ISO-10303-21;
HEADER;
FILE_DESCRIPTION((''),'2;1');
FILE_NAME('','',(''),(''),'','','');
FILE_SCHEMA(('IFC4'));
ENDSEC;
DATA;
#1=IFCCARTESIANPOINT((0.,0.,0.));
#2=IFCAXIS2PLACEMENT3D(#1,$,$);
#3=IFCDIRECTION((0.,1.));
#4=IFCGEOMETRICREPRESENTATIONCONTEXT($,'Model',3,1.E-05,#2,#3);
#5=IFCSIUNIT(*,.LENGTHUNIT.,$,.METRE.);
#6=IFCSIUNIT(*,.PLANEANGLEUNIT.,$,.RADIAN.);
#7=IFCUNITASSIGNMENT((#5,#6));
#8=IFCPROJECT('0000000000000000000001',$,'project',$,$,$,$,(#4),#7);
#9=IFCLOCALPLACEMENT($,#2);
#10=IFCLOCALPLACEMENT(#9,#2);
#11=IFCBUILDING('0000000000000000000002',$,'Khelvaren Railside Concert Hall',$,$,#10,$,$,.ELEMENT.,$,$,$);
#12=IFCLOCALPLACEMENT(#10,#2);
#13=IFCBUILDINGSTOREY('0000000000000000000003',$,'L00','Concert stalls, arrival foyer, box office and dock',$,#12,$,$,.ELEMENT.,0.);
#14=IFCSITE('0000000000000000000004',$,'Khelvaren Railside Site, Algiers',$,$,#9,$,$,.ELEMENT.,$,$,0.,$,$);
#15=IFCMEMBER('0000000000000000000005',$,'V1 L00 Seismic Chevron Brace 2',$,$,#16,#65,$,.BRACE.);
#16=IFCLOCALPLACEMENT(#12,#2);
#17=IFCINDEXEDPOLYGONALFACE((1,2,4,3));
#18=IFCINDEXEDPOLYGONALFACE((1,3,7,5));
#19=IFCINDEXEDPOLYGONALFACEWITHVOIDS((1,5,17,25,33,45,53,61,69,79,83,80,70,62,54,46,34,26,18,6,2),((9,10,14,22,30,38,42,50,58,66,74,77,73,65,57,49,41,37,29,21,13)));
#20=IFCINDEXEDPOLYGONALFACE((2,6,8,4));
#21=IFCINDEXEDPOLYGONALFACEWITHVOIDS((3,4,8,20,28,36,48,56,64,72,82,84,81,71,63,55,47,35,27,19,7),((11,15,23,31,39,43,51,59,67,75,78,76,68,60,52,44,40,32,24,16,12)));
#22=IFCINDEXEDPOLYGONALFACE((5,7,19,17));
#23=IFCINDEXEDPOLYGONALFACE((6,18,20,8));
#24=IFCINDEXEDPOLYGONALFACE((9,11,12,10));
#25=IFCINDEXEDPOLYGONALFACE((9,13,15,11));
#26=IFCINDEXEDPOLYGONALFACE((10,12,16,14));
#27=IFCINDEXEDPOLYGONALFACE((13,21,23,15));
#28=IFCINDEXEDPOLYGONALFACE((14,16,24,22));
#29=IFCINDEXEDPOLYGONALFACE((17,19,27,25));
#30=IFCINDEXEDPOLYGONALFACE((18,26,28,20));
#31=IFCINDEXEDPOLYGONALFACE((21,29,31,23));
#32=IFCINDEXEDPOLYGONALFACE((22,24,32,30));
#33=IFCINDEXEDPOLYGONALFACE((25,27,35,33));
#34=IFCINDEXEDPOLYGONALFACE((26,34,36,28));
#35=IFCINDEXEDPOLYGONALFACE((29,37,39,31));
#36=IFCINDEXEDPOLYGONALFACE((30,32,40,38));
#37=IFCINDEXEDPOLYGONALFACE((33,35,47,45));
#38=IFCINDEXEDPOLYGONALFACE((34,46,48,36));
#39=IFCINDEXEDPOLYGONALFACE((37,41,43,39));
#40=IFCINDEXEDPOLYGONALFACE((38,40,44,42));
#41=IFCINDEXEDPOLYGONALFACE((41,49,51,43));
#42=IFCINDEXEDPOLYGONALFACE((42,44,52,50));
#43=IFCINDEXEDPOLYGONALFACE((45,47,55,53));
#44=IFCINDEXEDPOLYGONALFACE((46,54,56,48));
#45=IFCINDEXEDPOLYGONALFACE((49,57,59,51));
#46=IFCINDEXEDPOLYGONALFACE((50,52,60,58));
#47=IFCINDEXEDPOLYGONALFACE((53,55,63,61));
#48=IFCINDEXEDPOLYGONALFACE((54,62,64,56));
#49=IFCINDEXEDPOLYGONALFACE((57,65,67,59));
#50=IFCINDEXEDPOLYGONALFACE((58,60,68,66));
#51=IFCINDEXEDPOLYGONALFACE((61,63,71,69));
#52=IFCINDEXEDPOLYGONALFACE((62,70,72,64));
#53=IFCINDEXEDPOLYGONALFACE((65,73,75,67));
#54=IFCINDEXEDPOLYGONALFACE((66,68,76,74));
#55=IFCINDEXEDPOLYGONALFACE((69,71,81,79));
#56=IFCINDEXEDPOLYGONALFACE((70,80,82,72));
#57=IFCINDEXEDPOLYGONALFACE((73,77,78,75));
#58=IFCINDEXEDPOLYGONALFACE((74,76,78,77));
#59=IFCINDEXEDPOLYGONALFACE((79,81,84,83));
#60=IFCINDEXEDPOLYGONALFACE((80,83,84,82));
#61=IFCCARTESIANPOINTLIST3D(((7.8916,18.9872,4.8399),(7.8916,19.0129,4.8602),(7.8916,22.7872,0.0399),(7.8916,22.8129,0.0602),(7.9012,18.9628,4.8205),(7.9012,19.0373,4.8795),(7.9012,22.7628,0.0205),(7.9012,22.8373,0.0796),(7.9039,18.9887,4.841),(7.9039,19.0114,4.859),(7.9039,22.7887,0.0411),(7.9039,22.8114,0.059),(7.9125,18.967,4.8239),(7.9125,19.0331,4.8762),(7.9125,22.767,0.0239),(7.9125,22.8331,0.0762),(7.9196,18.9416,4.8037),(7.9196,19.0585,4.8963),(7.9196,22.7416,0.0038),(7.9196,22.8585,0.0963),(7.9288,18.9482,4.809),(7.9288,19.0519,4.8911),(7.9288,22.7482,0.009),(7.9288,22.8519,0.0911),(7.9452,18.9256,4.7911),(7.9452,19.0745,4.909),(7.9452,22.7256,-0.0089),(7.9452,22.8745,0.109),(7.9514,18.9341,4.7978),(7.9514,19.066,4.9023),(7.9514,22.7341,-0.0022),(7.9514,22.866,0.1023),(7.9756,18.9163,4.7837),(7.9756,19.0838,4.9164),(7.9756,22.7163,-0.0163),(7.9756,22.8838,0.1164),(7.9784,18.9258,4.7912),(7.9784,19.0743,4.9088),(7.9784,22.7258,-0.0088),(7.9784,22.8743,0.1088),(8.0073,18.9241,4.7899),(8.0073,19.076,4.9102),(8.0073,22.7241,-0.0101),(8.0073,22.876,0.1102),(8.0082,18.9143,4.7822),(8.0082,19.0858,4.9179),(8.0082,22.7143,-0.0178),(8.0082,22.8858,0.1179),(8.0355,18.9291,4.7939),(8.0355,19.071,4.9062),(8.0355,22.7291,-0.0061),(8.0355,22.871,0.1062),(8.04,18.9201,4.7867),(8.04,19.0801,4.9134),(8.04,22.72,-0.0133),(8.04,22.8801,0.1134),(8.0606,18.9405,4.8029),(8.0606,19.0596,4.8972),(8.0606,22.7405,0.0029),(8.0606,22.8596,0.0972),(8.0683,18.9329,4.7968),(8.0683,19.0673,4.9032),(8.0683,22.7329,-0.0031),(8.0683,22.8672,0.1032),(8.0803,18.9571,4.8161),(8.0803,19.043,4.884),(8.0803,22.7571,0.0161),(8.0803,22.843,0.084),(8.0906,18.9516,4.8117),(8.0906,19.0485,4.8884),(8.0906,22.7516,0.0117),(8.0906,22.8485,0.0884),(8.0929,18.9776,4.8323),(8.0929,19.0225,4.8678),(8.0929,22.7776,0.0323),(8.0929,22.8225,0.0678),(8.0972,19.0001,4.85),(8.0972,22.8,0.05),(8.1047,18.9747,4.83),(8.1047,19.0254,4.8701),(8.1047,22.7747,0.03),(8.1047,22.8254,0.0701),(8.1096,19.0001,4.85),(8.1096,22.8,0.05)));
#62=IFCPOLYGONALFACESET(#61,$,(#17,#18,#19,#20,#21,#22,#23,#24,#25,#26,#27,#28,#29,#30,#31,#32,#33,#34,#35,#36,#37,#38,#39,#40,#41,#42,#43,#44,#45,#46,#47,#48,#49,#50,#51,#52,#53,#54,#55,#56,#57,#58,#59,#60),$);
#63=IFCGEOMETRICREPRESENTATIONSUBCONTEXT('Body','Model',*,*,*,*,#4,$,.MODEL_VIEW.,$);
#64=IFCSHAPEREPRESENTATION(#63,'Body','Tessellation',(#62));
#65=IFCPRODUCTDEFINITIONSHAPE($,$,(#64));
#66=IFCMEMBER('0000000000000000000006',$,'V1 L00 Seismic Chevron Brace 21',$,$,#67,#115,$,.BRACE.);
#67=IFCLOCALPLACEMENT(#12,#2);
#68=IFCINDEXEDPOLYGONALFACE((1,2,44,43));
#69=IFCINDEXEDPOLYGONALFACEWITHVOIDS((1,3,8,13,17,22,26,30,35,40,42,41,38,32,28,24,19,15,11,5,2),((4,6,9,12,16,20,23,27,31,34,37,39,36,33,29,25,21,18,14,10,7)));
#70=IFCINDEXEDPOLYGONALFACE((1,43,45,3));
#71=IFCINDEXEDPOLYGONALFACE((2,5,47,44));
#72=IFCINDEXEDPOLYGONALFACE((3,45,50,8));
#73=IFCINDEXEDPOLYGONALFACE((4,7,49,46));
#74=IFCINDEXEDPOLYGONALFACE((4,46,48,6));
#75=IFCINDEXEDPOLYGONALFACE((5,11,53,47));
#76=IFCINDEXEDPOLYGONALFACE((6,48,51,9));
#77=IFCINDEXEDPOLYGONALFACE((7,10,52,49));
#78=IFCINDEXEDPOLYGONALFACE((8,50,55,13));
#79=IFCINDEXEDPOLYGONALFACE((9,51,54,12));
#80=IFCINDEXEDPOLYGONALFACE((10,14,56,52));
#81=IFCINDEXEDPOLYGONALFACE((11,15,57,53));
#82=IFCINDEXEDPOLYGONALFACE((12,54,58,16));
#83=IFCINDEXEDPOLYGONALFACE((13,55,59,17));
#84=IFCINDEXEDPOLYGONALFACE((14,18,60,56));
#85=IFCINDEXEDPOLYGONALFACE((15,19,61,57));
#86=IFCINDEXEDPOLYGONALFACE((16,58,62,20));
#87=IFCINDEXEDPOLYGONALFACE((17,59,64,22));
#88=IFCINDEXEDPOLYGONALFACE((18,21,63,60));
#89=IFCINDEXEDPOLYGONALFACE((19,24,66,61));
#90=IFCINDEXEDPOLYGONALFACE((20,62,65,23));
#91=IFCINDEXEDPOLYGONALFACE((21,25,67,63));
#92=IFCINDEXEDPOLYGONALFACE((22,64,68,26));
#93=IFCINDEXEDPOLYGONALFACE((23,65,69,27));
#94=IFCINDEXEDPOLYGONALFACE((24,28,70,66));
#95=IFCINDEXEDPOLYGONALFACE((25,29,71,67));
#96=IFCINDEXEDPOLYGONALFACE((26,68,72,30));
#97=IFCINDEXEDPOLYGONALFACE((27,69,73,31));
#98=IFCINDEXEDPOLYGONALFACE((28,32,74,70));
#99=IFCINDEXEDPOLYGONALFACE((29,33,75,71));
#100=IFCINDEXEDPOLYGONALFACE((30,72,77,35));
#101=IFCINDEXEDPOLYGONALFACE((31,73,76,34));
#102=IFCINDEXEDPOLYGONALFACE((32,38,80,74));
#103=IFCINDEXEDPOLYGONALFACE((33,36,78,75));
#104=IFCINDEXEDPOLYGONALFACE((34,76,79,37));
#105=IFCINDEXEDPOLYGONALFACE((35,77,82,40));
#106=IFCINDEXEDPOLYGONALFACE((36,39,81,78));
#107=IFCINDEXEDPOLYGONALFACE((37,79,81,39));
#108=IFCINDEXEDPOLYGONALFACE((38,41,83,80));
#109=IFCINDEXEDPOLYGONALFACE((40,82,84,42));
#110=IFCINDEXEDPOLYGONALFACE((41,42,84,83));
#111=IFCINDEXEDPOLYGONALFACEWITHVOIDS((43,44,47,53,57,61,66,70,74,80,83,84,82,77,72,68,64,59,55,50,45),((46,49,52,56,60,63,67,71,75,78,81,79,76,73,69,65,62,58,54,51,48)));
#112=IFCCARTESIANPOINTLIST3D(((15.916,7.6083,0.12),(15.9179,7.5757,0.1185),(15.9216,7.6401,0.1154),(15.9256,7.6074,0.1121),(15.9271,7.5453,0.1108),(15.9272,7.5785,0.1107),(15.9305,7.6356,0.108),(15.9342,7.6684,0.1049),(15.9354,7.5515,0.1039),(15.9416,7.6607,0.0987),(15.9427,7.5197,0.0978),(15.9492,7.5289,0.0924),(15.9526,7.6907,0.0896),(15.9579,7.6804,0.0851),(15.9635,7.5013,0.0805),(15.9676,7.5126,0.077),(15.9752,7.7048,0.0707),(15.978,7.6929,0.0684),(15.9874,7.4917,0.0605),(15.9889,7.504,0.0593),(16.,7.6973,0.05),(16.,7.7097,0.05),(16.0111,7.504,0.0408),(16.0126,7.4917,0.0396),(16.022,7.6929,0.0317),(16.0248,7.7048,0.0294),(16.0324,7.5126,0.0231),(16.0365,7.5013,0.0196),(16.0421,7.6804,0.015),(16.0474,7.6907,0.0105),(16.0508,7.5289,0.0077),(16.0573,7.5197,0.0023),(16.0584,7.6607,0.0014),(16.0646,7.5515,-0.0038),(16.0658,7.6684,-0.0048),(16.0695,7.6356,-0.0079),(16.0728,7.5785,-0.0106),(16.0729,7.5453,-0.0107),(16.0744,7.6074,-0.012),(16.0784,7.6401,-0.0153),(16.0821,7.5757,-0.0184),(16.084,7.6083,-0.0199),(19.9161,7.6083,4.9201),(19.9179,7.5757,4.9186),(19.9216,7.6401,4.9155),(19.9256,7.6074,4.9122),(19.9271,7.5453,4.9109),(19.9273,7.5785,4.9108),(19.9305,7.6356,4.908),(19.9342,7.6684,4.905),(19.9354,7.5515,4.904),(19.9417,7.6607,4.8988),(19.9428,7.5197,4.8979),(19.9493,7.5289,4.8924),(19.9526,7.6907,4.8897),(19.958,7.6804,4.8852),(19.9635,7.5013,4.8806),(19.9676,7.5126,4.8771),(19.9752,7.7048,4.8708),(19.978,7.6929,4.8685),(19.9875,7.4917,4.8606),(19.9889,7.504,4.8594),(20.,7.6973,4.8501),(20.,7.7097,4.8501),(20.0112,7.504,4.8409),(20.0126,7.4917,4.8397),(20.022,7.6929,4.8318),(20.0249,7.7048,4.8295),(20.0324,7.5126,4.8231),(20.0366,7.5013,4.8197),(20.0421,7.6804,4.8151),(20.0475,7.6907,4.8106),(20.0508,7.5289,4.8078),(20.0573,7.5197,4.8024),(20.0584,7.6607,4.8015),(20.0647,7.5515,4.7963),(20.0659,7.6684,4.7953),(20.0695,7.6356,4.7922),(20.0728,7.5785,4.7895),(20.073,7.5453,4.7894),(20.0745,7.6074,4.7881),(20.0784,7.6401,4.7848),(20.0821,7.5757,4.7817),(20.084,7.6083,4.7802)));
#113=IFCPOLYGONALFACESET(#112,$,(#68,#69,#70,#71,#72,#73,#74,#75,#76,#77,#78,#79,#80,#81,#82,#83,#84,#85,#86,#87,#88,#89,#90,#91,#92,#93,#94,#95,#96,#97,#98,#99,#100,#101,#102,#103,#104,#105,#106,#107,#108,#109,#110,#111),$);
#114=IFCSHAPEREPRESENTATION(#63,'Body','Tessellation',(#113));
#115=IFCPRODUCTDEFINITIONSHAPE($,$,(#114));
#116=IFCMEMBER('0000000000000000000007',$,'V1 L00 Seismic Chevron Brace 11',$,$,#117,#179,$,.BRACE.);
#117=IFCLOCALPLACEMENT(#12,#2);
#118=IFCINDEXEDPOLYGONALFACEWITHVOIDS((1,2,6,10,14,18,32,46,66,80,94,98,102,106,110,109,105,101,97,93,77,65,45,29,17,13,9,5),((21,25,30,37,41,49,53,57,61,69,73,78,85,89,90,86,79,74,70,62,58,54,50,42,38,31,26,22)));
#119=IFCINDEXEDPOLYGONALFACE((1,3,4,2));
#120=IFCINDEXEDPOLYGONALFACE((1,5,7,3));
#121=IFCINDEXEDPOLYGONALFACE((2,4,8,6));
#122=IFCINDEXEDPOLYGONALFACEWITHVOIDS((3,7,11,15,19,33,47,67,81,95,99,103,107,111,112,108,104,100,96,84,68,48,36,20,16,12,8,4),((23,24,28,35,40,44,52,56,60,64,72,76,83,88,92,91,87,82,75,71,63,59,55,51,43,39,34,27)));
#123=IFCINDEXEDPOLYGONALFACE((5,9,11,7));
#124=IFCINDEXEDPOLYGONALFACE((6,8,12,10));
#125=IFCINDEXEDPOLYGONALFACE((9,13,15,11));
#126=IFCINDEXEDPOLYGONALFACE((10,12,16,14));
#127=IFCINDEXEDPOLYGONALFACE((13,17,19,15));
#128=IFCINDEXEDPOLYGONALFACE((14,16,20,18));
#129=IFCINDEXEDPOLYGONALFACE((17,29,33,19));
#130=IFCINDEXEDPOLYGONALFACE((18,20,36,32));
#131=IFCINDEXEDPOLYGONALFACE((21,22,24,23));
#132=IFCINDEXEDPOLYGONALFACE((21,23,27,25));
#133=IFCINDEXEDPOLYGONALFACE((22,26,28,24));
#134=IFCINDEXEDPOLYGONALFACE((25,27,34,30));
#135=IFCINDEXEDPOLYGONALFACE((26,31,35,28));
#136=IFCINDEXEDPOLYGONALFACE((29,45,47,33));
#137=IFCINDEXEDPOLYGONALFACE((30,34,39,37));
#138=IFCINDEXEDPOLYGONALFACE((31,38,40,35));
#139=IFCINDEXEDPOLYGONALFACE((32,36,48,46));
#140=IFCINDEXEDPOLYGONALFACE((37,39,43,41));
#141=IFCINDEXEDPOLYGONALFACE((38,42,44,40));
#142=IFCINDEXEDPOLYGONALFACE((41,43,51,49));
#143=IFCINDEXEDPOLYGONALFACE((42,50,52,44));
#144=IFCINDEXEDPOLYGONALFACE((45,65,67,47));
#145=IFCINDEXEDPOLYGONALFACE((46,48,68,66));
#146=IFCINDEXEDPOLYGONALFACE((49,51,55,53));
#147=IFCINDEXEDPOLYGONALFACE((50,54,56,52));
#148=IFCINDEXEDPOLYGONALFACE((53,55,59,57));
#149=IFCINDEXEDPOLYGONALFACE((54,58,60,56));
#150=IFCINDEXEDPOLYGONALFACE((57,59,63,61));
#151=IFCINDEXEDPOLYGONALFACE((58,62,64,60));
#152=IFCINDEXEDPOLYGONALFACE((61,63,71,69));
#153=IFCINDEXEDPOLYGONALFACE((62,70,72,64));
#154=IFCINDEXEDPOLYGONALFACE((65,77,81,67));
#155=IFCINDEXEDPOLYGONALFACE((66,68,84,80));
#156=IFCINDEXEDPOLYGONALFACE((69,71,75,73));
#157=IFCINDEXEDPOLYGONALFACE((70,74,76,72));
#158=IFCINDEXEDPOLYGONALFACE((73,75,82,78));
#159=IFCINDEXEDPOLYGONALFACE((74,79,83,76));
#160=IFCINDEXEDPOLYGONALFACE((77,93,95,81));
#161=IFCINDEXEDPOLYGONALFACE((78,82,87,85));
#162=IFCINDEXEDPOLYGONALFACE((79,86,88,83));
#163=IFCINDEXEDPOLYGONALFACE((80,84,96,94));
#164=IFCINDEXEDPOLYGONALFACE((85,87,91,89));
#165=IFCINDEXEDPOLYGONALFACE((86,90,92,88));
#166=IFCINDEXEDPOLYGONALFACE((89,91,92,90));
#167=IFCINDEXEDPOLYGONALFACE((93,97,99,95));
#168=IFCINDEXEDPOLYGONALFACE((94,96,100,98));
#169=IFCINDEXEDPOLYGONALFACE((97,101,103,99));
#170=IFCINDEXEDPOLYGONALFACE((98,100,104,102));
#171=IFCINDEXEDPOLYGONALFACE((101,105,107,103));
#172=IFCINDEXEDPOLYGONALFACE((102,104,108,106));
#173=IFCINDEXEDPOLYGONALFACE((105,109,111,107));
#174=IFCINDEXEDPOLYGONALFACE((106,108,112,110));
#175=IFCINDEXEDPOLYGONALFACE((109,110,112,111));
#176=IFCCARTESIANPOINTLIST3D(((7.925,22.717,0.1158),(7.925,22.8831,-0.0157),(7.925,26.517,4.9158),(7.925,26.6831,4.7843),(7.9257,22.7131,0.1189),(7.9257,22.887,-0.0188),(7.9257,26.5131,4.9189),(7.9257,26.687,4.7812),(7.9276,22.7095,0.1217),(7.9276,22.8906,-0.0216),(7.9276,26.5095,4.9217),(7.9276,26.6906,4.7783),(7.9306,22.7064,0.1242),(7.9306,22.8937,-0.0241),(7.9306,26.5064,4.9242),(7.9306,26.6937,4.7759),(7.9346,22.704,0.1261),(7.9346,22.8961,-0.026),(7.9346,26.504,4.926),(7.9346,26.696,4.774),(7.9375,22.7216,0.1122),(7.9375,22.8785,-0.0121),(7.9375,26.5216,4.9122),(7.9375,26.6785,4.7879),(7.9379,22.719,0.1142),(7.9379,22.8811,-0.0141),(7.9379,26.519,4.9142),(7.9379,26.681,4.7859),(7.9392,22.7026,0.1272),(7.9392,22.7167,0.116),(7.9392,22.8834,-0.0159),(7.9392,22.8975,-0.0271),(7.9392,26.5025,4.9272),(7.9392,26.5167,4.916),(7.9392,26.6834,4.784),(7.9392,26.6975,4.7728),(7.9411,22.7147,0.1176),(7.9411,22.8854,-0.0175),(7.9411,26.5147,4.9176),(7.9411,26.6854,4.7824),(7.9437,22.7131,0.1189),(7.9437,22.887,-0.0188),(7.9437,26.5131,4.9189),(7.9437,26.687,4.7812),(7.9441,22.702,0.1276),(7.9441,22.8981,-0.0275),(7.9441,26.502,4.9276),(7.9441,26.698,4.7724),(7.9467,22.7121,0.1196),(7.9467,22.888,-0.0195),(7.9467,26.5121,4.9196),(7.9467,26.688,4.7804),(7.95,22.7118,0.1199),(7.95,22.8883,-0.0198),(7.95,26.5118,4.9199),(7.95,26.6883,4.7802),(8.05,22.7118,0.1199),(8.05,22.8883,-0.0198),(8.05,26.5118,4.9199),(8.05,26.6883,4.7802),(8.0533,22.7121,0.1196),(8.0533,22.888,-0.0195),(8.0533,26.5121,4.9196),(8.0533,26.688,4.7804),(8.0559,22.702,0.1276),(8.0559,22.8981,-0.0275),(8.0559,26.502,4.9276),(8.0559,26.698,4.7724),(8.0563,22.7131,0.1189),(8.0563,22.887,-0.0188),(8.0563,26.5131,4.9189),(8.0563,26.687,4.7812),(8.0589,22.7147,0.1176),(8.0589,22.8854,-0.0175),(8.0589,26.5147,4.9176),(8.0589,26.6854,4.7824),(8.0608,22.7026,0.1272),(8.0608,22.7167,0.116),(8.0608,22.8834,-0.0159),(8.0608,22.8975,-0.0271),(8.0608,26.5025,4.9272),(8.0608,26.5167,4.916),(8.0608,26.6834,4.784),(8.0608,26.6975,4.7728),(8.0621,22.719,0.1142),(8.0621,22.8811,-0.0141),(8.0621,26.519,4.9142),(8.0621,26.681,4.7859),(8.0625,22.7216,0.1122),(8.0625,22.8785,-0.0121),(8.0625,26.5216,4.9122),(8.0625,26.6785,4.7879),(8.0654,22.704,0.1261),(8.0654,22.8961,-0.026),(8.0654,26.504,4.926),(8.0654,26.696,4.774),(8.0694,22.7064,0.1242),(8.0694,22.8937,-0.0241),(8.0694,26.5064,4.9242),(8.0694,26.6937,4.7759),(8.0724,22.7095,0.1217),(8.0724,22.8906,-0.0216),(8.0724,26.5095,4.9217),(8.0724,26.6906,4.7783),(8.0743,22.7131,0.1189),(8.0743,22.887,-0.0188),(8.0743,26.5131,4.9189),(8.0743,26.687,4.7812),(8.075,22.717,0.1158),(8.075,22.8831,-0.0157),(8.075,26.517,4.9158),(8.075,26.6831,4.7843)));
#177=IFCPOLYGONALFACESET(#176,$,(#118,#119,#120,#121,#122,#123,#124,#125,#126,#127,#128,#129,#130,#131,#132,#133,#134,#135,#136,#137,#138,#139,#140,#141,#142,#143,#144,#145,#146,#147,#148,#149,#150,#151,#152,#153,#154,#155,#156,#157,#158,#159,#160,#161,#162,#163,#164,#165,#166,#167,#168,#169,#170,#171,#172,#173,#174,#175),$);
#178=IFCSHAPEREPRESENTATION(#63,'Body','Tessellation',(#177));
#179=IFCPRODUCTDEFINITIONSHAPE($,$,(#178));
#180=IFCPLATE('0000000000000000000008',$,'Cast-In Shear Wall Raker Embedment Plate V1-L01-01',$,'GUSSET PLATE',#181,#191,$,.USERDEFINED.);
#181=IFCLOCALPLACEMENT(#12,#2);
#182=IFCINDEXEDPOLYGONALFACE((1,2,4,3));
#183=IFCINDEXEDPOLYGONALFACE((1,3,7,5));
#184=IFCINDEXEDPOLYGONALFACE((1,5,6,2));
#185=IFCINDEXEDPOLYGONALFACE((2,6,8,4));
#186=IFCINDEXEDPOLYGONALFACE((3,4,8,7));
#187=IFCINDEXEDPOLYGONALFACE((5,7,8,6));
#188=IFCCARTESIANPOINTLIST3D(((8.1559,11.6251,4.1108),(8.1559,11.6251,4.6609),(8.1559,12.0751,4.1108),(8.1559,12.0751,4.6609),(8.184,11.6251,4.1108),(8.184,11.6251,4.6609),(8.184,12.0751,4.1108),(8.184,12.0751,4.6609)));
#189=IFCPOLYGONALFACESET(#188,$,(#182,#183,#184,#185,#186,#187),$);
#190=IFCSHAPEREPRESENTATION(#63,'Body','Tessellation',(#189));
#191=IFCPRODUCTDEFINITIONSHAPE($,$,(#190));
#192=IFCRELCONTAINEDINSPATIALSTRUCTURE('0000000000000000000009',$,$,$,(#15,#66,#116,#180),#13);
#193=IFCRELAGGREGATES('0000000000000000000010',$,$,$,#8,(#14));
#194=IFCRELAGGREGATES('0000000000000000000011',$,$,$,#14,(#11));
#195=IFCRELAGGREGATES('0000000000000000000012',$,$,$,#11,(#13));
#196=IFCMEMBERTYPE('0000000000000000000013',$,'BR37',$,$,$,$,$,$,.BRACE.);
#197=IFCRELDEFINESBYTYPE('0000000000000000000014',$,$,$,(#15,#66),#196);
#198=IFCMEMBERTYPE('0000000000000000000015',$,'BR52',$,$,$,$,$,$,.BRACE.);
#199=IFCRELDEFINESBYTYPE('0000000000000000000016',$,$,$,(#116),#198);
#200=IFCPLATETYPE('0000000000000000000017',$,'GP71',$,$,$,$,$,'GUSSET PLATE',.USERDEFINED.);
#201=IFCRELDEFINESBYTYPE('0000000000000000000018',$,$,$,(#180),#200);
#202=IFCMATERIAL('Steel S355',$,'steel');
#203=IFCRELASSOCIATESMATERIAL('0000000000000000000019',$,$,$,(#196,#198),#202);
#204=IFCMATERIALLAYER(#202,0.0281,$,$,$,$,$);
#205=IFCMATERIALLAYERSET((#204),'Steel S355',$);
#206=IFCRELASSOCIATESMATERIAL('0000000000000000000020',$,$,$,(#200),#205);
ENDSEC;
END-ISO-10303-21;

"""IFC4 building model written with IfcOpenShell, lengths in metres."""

from ifc_helpers import new_model, si_unit, direction, frame, origin, origin_2d, place, context, subcontext, project, spatial, rectangle, hollow_rectangle, hollow_circle, extrude, material, layer, layer_set, material_profile, profile_set, type_object, element, save


model = new_model("IFC4")

# Units and contexts
model_context = context("Model", 3, precision=1e-05, world=origin(), true_north=direction((0.0, 1.0)))
body_context = subcontext(model_context, "Body", "Model", "MODEL_VIEW")
ifc_project = project(units=[si_unit("LENGTHUNIT", "METRE"), si_unit("PLANEANGLEUNIT", "RADIAN")], contexts=[model_context])

# Site, building, storey
site_placement = place(None, origin())
site = spatial("IfcSite", under=ifc_project, at=site_placement, Name="Khelvaren Railside Site, Algiers", CompositionType="ELEMENT", RefElevation=0.0)
building_placement = place(site_placement, origin())
building = spatial("IfcBuilding", under=site, at=building_placement, Name="Khelvaren Railside Concert Hall", CompositionType="ELEMENT")
storey_placement = place(building_placement, origin())
storey = spatial("IfcBuildingStorey", under=building, at=storey_placement, Name="L00", Description="Concert stalls, arrival foyer, box office and dock", CompositionType="ELEMENT", Elevation=0.0)

# Shared definitions
ifc_material_1 = material(Name="Steel S355", Category="steel")

# Members
ifc_material_profile_1 = material_profile(ifc_material_1, hollow_circle(Radius=0.1096, WallThickness=0.0125, at=origin_2d()), Name="CHS 219.1x12.5")
ifc_profile_set_1 = profile_set([ifc_material_profile_1], Name="Steel S355")
member_type_1 = type_object("IfcMemberType", Name="BR37", PredefinedType="BRACE", material=ifc_profile_set_1)
for number, where, z_axis, x_axis, name in (
    (1, (8.0, 22.8, 0.05), (0.0, -0.620704, 0.784045), (1.0, 0.0, 0.0), "V1 L00 Seismic Chevron Brace 2"),
):
    element("IfcMember", number, at=place(storey_placement, frame(where, z_axis=z_axis, x_axis=x_axis)), inside=storey, type_object=member_type_1, Name=name, PredefinedType="BRACE", context=body_context, shape_type="SweptSolid", body=[
        extrude(hollow_circle(Radius=0.1096, WallThickness=0.0125, at=origin_2d()), origin(), (0.0, 0.0, 1.0), 6.1221),
    ])
member_1_placement = place(storey_placement, frame((16.0, 7.6001, 0.05), z_axis=(0.640181, 0.0, 0.768224), x_axis=(0.0, 1.0, 0.0)))
element("IfcMember", 2, at=member_1_placement, inside=storey, type_object=member_type_1, Name="V1 L00 Seismic Chevron Brace 21", PredefinedType="BRACE", context=body_context, shape_type="SweptSolid", body=[
    extrude(hollow_circle(Radius=0.1096, WallThickness=0.0125, at=origin_2d()), origin(), (0.0, 0.0, 1.0), 6.2483),
])
ifc_material_profile_2 = material_profile(ifc_material_1, hollow_rectangle(XDim=0.1499, YDim=0.25, WallThickness=0.0125, InnerFilletRadius=0.0125, OuterFilletRadius=0.019, at=origin_2d()), Name="RHS 250x150x12.5")
ifc_profile_set_2 = profile_set([ifc_material_profile_2], Name="Steel S355")
member_type_2 = type_object("IfcMemberType", Name="BR52", PredefinedType="BRACE", material=ifc_profile_set_2)
member_2_placement = place(storey_placement, frame((8.0, 22.8, 0.05), z_axis=(0.0, 0.620704, 0.784045), x_axis=(-1.0, 0.0, 0.0)))
element("IfcMember", 3, at=member_2_placement, inside=storey, type_object=member_type_2, Name="V1 L00 Seismic Chevron Brace 11", PredefinedType="BRACE", context=body_context, shape_type="SweptSolid", body=[
    extrude(hollow_rectangle(XDim=0.1499, YDim=0.25, WallThickness=0.0125, InnerFilletRadius=0.0125, OuterFilletRadius=0.019, at=origin_2d()), origin(), (0.0, 0.0, 1.0), 6.1221),
])

# Plate
ifc_layer_1 = layer(ifc_material_1, 0.0281)
ifc_layer_set_1 = layer_set([ifc_layer_1], Name="Steel S355")
plate_type_1 = type_object("IfcPlateType", Name="GP71", ElementType="GUSSET PLATE", PredefinedType="USERDEFINED", material=ifc_layer_set_1)
for number, where, z_axis, x_axis, name in (
    (4, (8.1699, 11.8501, 4.1108), (0.0, 0.0, 1.0), (1.0, 0.0, 0.0), "Cast-In Shear Wall Raker Embedment Plate V1-L01-01"),
):
    element("IfcPlate", number, at=place(storey_placement, frame(where, z_axis=z_axis, x_axis=x_axis)), inside=storey, type_object=plate_type_1, Name=name, ObjectType="GUSSET PLATE", PredefinedType="USERDEFINED", context=body_context, shape_type="SweptSolid", body=[
        extrude(rectangle(XDim=0.0281, YDim=0.45, at=origin_2d()), origin(), (0.0, 0.0, 1.0), 0.55),
    ])

save(model, "model.ifc")
